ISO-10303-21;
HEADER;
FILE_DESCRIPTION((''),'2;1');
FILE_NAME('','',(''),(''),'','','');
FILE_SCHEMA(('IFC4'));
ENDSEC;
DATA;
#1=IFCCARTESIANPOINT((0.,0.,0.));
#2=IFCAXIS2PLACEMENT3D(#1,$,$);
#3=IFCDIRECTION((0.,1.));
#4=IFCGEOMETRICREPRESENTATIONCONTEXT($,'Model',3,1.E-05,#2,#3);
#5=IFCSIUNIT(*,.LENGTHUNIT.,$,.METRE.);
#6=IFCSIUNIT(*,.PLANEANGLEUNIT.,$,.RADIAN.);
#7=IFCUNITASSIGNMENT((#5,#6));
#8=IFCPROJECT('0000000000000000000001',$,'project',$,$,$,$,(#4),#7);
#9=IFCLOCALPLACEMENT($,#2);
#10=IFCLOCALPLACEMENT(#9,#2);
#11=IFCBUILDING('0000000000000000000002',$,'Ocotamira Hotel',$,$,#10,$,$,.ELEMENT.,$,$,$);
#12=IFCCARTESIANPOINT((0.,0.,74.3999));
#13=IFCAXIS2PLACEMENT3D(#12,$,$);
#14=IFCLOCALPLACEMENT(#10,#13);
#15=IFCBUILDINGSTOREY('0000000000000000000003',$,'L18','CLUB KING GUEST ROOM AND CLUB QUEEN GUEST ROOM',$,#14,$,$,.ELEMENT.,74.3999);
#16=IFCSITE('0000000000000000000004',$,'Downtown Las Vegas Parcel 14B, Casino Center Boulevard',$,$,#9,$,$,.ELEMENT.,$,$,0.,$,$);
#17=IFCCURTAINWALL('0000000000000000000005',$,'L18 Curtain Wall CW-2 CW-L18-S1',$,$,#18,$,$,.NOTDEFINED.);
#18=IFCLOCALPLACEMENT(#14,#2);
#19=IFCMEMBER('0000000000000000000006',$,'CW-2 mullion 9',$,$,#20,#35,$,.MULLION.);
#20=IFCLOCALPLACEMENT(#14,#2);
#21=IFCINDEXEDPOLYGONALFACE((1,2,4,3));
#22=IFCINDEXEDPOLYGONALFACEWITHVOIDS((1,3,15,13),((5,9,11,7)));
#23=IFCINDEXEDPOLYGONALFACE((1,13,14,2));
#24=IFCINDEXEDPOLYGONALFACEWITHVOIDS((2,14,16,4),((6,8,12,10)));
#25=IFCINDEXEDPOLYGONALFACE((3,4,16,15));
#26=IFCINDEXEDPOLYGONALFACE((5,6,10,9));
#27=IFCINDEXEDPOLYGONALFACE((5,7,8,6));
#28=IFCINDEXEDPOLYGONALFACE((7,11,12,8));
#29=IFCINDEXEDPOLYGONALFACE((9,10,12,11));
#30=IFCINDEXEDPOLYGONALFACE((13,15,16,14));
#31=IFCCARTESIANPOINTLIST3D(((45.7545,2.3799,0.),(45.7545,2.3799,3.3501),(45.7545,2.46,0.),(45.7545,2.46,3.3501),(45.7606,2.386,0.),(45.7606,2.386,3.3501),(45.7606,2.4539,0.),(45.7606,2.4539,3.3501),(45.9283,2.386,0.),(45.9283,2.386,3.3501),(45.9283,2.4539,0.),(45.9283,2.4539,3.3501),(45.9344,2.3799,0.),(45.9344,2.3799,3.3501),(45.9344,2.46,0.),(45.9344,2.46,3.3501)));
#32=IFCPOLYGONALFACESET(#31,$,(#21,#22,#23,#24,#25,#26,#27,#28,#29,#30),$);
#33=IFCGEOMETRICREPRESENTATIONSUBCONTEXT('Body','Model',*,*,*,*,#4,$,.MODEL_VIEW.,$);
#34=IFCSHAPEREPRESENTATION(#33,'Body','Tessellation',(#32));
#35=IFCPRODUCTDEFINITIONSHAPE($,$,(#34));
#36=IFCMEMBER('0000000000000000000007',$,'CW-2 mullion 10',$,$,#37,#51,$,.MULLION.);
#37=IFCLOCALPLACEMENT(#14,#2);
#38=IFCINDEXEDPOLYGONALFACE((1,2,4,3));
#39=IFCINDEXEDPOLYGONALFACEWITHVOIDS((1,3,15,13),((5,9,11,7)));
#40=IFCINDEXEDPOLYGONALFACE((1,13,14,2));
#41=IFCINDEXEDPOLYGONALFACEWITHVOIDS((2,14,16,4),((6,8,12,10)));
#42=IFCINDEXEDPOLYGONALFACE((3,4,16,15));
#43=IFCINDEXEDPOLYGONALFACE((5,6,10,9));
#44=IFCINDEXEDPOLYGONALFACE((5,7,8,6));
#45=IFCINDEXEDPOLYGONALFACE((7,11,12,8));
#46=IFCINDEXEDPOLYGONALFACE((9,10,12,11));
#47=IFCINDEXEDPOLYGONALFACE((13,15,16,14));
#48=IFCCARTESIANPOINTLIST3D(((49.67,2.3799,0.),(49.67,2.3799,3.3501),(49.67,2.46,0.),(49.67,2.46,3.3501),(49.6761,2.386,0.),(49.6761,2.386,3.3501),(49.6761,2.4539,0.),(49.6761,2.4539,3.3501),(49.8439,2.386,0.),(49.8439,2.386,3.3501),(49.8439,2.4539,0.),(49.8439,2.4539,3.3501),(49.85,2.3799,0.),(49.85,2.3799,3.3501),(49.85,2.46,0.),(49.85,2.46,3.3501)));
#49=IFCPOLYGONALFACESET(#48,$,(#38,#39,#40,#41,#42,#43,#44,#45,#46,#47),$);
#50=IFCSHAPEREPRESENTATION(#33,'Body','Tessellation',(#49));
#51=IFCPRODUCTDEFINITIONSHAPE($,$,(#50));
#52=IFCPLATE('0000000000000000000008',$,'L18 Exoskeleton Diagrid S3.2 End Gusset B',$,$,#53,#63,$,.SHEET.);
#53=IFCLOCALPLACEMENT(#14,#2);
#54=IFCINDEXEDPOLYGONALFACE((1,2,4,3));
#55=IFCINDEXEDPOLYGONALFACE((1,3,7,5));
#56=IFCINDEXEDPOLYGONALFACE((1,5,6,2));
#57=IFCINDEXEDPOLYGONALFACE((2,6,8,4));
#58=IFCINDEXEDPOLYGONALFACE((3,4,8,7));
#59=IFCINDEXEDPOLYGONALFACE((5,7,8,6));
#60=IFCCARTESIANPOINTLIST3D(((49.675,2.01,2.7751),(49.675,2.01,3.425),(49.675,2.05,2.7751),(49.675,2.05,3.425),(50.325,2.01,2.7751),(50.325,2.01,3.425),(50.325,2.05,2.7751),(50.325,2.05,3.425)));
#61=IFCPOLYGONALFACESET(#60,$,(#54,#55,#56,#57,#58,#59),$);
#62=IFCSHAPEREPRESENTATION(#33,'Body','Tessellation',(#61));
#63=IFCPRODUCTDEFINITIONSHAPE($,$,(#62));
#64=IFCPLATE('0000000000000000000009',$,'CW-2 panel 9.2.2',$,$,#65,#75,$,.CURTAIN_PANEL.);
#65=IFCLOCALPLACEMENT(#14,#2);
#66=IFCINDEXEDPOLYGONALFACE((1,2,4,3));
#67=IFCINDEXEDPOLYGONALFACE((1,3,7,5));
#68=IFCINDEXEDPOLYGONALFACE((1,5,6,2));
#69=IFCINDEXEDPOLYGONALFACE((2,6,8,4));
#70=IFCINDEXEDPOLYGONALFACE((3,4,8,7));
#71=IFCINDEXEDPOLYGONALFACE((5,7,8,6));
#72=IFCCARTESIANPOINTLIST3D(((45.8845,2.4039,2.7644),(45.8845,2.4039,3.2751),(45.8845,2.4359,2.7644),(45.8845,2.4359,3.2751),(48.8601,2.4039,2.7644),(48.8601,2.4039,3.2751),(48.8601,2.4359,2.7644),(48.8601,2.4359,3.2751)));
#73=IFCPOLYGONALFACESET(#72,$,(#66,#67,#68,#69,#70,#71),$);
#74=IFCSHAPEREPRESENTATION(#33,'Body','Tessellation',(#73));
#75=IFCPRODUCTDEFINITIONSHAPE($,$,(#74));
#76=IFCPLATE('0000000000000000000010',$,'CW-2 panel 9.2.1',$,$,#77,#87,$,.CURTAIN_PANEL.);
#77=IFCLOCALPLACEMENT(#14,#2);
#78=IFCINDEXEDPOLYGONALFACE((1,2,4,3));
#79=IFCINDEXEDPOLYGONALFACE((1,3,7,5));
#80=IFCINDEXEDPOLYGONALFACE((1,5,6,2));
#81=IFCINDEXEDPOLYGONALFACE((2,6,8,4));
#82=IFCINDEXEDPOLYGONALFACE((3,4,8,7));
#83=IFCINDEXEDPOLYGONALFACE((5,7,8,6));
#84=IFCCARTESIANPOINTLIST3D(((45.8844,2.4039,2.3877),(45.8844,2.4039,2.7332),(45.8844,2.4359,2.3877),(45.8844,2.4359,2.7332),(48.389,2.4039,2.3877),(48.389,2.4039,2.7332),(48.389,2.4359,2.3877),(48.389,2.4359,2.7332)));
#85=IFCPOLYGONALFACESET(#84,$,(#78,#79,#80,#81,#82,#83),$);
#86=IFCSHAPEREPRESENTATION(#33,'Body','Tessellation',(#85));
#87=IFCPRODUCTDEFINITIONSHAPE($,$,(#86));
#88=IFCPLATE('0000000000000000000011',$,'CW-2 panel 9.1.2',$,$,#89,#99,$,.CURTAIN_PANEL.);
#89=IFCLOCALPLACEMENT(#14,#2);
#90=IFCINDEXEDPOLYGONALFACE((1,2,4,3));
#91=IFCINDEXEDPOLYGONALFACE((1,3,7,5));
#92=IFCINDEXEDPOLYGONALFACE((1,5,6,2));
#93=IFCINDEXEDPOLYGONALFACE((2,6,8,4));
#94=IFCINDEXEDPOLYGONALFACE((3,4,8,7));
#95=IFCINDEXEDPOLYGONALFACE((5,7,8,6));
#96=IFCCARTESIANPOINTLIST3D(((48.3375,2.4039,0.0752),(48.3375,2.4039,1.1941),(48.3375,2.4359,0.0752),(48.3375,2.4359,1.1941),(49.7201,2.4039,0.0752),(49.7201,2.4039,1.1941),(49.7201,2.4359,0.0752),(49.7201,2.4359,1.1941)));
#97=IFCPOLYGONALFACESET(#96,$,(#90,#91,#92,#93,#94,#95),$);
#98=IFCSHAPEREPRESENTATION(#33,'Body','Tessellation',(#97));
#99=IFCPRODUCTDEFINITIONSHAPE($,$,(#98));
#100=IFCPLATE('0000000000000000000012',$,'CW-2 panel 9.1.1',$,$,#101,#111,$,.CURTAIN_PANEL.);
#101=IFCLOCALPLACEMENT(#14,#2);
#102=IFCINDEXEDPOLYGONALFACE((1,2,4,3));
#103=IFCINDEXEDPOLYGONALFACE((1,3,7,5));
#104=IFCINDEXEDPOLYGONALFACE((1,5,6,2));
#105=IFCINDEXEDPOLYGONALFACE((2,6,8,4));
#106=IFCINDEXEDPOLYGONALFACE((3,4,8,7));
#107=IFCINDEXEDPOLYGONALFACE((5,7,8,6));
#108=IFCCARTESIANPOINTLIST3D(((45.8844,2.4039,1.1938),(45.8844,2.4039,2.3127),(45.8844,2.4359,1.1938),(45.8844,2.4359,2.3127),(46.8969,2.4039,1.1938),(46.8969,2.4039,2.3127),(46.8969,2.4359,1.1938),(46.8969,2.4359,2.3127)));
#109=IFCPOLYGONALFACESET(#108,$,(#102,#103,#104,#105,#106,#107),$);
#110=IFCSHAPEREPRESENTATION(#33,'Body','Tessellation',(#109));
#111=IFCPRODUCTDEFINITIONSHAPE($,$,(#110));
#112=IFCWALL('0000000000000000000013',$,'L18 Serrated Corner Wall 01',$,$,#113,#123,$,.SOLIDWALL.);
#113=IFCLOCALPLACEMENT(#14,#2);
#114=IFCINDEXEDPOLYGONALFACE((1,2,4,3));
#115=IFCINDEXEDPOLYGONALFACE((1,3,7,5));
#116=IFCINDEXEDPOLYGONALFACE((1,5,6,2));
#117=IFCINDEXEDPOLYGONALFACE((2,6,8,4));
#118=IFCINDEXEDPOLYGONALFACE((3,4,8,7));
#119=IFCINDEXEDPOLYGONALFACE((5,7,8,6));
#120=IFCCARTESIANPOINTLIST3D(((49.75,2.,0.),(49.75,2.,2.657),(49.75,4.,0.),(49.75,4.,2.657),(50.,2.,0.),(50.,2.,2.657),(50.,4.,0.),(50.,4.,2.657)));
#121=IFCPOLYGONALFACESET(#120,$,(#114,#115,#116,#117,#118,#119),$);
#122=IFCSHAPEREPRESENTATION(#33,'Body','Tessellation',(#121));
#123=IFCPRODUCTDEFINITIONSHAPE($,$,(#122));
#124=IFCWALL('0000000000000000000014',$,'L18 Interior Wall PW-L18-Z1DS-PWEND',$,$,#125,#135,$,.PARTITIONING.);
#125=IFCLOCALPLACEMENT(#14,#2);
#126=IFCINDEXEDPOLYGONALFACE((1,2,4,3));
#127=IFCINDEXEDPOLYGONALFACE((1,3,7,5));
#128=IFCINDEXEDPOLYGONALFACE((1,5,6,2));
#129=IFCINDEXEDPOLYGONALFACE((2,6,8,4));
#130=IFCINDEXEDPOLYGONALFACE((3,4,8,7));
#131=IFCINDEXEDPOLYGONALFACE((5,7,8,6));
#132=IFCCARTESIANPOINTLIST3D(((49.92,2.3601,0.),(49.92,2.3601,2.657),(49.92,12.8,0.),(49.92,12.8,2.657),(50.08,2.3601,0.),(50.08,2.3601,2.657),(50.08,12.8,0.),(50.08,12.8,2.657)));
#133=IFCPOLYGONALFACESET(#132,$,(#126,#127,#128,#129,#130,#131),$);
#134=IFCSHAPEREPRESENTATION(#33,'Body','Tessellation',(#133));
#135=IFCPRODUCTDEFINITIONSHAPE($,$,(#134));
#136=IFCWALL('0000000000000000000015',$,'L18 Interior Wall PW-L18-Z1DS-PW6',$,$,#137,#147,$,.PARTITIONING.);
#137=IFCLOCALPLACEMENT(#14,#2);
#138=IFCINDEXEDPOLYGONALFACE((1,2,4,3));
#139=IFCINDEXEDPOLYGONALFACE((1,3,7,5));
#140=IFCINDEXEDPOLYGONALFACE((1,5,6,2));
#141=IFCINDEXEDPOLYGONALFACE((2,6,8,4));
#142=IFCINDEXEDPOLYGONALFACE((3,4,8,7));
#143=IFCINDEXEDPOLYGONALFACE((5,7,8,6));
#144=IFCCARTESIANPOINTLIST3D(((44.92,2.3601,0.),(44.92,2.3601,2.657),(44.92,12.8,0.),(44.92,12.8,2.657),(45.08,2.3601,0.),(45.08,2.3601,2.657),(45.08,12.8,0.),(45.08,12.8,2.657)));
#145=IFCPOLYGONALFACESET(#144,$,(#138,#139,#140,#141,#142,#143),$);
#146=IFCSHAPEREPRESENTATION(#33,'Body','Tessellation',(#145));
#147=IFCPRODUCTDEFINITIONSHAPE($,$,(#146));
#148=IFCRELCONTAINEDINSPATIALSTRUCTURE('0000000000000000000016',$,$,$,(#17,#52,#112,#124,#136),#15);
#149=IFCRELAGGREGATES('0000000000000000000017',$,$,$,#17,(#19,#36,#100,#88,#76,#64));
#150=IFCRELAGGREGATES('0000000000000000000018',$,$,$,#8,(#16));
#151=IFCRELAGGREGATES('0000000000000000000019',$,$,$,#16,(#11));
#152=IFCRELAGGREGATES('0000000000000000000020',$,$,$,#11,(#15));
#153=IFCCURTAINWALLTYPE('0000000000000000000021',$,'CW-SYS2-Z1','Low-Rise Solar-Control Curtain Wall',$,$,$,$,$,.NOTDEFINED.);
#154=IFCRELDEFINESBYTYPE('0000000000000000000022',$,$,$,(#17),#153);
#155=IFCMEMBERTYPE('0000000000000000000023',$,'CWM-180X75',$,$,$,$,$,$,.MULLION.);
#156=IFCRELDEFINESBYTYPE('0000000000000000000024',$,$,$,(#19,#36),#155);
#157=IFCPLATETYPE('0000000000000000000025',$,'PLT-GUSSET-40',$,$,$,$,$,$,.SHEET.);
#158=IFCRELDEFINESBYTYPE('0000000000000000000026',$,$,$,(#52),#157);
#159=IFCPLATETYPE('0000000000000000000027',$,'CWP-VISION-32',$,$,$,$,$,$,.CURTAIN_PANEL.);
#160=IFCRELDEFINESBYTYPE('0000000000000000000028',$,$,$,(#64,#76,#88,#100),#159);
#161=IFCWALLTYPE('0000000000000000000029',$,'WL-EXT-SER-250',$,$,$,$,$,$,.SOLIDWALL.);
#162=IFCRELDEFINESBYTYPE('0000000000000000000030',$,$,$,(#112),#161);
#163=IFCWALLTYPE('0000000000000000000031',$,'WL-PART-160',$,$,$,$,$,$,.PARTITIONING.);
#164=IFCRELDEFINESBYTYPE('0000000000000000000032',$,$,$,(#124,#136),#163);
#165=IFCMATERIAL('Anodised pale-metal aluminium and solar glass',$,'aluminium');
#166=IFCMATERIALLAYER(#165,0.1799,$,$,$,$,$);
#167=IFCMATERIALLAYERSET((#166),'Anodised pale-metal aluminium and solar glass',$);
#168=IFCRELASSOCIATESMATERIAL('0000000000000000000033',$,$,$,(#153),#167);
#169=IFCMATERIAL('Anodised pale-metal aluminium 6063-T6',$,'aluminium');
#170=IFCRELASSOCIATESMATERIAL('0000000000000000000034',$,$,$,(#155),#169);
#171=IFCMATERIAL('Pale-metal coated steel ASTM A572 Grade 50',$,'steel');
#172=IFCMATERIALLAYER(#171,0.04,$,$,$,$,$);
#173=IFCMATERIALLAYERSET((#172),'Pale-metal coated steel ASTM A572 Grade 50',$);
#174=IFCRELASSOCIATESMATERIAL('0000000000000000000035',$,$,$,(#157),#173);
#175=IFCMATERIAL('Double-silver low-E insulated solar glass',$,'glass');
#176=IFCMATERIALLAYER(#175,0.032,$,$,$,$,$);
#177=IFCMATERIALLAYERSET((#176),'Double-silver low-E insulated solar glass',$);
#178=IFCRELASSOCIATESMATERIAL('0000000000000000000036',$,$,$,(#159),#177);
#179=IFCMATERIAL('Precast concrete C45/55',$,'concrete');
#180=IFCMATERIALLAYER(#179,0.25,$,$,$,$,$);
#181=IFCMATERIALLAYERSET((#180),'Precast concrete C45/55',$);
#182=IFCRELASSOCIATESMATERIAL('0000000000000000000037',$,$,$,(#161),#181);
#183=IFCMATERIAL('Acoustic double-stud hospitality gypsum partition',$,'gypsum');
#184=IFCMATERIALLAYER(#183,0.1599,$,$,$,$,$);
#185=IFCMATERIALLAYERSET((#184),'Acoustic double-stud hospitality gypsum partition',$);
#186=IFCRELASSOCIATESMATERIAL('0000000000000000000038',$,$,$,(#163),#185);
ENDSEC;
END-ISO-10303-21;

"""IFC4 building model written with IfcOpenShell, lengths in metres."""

from ifc_helpers import new_model, si_unit, direction, frame, frame_2d, origin, origin_2d, place, context, subcontext, project, spatial, rectangle, hollow_rectangle, extrude, source, transform, mapped, material, layer, layer_set, material_profile, profile_set, type_object, element, aggregate, save


model = new_model("IFC4")

# Units and contexts
model_context = context("Model", 3, precision=1e-05, world=origin(), true_north=direction((0.0, 1.0)))
body_context = subcontext(model_context, "Body", "Model", "MODEL_VIEW")
ifc_project = project(units=[si_unit("LENGTHUNIT", "METRE"), si_unit("PLANEANGLEUNIT", "RADIAN")], contexts=[model_context])

# Site, building, storey
site_placement = place(None, origin())
site = spatial("IfcSite", under=ifc_project, at=site_placement, Name="Downtown Las Vegas Parcel 14B, Casino Center Boulevard", CompositionType="ELEMENT", RefElevation=0.0)
building_placement = place(site_placement, origin())
building = spatial("IfcBuilding", under=site, at=building_placement, Name="Ocotamira Hotel", CompositionType="ELEMENT")
storey_placement = place(building_placement, frame((0.0, 0.0, 74.3999)))
storey = spatial("IfcBuildingStorey", under=building, at=storey_placement, Name="L18", Description="CLUB KING GUEST ROOM AND CLUB QUEEN GUEST ROOM", CompositionType="ELEMENT", Elevation=74.3999)

# Curtain wall, members
ifc_material_1 = material(Name="Anodised pale-metal aluminium and solar glass", Category="aluminium")
ifc_layer_1 = layer(ifc_material_1, 0.1799)
ifc_layer_set_1 = layer_set([ifc_layer_1], Name="Anodised pale-metal aluminium and solar glass")
curtain_wall_type = type_object("IfcCurtainWallType", Name="CW-SYS2-Z1", Description="Low-Rise Solar-Control Curtain Wall", PredefinedType="NOTDEFINED", material=ifc_layer_set_1)
curtain_wall_placement = place(storey_placement, origin())
curtain_wall = element("IfcCurtainWall", 1, at=curtain_wall_placement, inside=storey, type_object=curtain_wall_type, Name="L18 Curtain Wall CW-2 CW-L18-S1", PredefinedType="NOTDEFINED")
ifc_material_2 = material(Name="Anodised pale-metal aluminium 6063-T6", Category="aluminium")
ifc_material_profile_1 = material_profile(ifc_material_2, hollow_rectangle(XDim=0.0801, YDim=0.1799, WallThickness=0.0061, at=origin_2d()), Name="HSS180X80X6")
ifc_profile_set_1 = profile_set([ifc_material_profile_1], Name="Anodised pale-metal aluminium 6063-T6")
member_type_1 = type_object("IfcMemberType", Name="CWM-180X75", PredefinedType="MULLION", material=ifc_profile_set_1)
shared_shape_1 = source(origin(), body_context, "Body", "SweptSolid", [
    extrude(hollow_rectangle(XDim=0.0801, YDim=0.1799, WallThickness=0.0061, at=origin_2d()), origin(), (0.0, 0.0, 1.0), 3.3501),
])
member_1_placement = place(storey_placement, frame((45.8445, 2.4199, 0.0), z_axis=(0.0, 0.0, 1.0), x_axis=(0.0, 1.0, 0.0)))
member_1 = element("IfcMember", 2, at=member_1_placement, type_object=member_type_1, Name="CW-2 mullion 9", PredefinedType="MULLION", context=body_context, shape_type="MappedRepresentation", body=[
    mapped(shared_shape_1, transform((0.0, 0.0, 0.0), scale=1.0)),
])
member_2_placement = place(storey_placement, frame((49.76, 2.4199, 0.0), z_axis=(0.0, 0.0, 1.0), x_axis=(0.0, 1.0, 0.0)))
member_2 = element("IfcMember", 3, at=member_2_placement, type_object=member_type_1, Name="CW-2 mullion 10", PredefinedType="MULLION", context=body_context, shape_type="MappedRepresentation", body=[
    mapped(shared_shape_1, transform((0.0, 0.0, 0.0), scale=1.0)),
])

# Plates
ifc_material_3 = material(Name="Pale-metal coated steel ASTM A572 Grade 50", Category="steel")
ifc_layer_2 = layer(ifc_material_3, 0.04)
ifc_layer_set_2 = layer_set([ifc_layer_2], Name="Pale-metal coated steel ASTM A572 Grade 50")
plate_type_1 = type_object("IfcPlateType", Name="PLT-GUSSET-40", PredefinedType="SHEET", material=ifc_layer_set_2)
shared_shape_2 = source(origin(), body_context, "Body", "SweptSolid", [
    extrude(rectangle(XDim=0.6499, YDim=0.04, at=origin_2d()), origin(), (0.0, 0.0, 1.0), 0.6499),
])
plate_1_placement = place(storey_placement, frame((50.0, 2.03, 2.7751), z_axis=(0.0, 0.0, 1.0), x_axis=(1.0, 0.0, 0.0)))
element("IfcPlate", 4, at=plate_1_placement, inside=storey, type_object=plate_type_1, Name="L18 Exoskeleton Diagrid S3.2 End Gusset B", PredefinedType="SHEET", context=body_context, shape_type="MappedRepresentation", body=[
    mapped(shared_shape_2, transform((0.0, 0.0, 0.0), scale=1.0)),
])
ifc_material_4 = material(Name="Double-silver low-E insulated solar glass", Category="glass")
ifc_layer_3 = layer(ifc_material_4, 0.032)
ifc_layer_set_3 = layer_set([ifc_layer_3], Name="Double-silver low-E insulated solar glass")
plate_type_2 = type_object("IfcPlateType", Name="CWP-VISION-32", PredefinedType="CURTAIN_PANEL", material=ifc_layer_set_3)
shared_shape_3 = source(origin(), body_context, "Body", "SweptSolid", [
    extrude(rectangle(XDim=2.9756, YDim=0.032, at=origin_2d()), origin(), (0.0, 0.0, 1.0), 0.5107),
])
plate_2_placement = place(storey_placement, frame((47.3723, 2.4199, 2.7644), z_axis=(0.0, 0.0, 1.0), x_axis=(1.0, 0.0, 0.0)))
plate_2 = element("IfcPlate", 5, at=plate_2_placement, type_object=plate_type_2, Name="CW-2 panel 9.2.2", PredefinedType="CURTAIN_PANEL", context=body_context, shape_type="MappedRepresentation", body=[
    mapped(shared_shape_3, transform((0.0, 0.0, 0.0), scale=1.0)),
])
shared_shape_4 = source(origin(), body_context, "Body", "SweptSolid", [
    extrude(rectangle(XDim=2.5046, YDim=0.032, at=origin_2d()), origin(), (0.0, 0.0, 1.0), 0.3455),
])
plate_3_placement = place(storey_placement, frame((47.1367, 2.4199, 2.3877), z_axis=(0.0, 0.0, 1.0), x_axis=(1.0, 0.0, 0.0)))
plate_3 = element("IfcPlate", 6, at=plate_3_placement, type_object=plate_type_2, Name="CW-2 panel 9.2.1", PredefinedType="CURTAIN_PANEL", context=body_context, shape_type="MappedRepresentation", body=[
    mapped(shared_shape_4, transform((0.0, 0.0, 0.0), scale=1.0)),
])
shared_shape_5 = source(origin(), body_context, "Body", "SweptSolid", [
    extrude(rectangle(XDim=1.3826, YDim=0.032, at=origin_2d()), origin(), (0.0, 0.0, 1.0), 1.1189),
])
plate_4_placement = place(storey_placement, frame((49.0288, 2.4199, 0.0752), z_axis=(0.0, 0.0, 1.0), x_axis=(1.0, 0.0, 0.0)))
plate_4 = element("IfcPlate", 7, at=plate_4_placement, type_object=plate_type_2, Name="CW-2 panel 9.1.2", PredefinedType="CURTAIN_PANEL", context=body_context, shape_type="MappedRepresentation", body=[
    mapped(shared_shape_5, transform((0.0, 0.0, 0.0), scale=1.0)),
])
shared_shape_6 = source(origin(), body_context, "Body", "SweptSolid", [
    extrude(rectangle(XDim=1.0125, YDim=0.032, at=origin_2d()), origin(), (0.0, 0.0, 1.0), 1.1189),
])
plate_5_placement = place(storey_placement, frame((46.3906, 2.4199, 1.1938), z_axis=(0.0, 0.0, 1.0), x_axis=(1.0, 0.0, 0.0)))
plate_5 = element("IfcPlate", 8, at=plate_5_placement, type_object=plate_type_2, Name="CW-2 panel 9.1.1", PredefinedType="CURTAIN_PANEL", context=body_context, shape_type="MappedRepresentation", body=[
    mapped(shared_shape_6, transform((0.0, 0.0, 0.0), scale=1.0)),
])
aggregate(curtain_wall, [member_1, member_2, plate_5, plate_4, plate_3, plate_2])

# Walls
ifc_material_5 = material(Name="Precast concrete C45/55", Category="concrete")
ifc_layer_4 = layer(ifc_material_5, 0.25)
ifc_layer_set_4 = layer_set([ifc_layer_4], Name="Precast concrete C45/55")
wall_type_1 = type_object("IfcWallType", Name="WL-EXT-SER-250", PredefinedType="SOLIDWALL", material=ifc_layer_set_4)
wall_placement = place(storey_placement, frame((49.875, 2.0, 0.0), z_axis=(0.0, 0.0, 1.0), x_axis=(0.0, 1.0, 0.0)))
element("IfcWall", 9, at=wall_placement, inside=storey, type_object=wall_type_1, Name="L18 Serrated Corner Wall 01", PredefinedType="SOLIDWALL", context=body_context, shape_type="SweptSolid", body=[
    extrude(rectangle(XDim=2.0, YDim=0.25, at=frame_2d((1.0, 0.0))), origin(), (0.0, 0.0, 1.0), 2.657),
])
ifc_material_6 = material(Name="Acoustic double-stud hospitality gypsum partition", Category="gypsum")
ifc_layer_5 = layer(ifc_material_6, 0.1599)
ifc_layer_set_5 = layer_set([ifc_layer_5], Name="Acoustic double-stud hospitality gypsum partition")
wall_type_2 = type_object("IfcWallType", Name="WL-PART-160", PredefinedType="PARTITIONING", material=ifc_layer_set_5)
for number, where, z_axis, x_axis, name in (
    (10, (50.0, 2.3601, 0.0), (0.0, 0.0, 1.0), (0.0, 1.0, 0.0), "L18 Interior Wall PW-L18-Z1DS-PWEND"),
    (11, (45.0, 2.3601, 0.0), (0.0, 0.0, 1.0), (0.0, 1.0, 0.0), "L18 Interior Wall PW-L18-Z1DS-PW6"),
):
    element("IfcWall", number, at=place(storey_placement, frame(where, z_axis=z_axis, x_axis=x_axis)), inside=storey, type_object=wall_type_2, Name=name, PredefinedType="PARTITIONING", context=body_context, shape_type="SweptSolid", body=[
        extrude(rectangle(XDim=10.4399, YDim=0.1599, at=frame_2d((5.22, 0.0))), origin(), (0.0, 0.0, 1.0), 2.657),
    ])

save(model, "model.ifc")
